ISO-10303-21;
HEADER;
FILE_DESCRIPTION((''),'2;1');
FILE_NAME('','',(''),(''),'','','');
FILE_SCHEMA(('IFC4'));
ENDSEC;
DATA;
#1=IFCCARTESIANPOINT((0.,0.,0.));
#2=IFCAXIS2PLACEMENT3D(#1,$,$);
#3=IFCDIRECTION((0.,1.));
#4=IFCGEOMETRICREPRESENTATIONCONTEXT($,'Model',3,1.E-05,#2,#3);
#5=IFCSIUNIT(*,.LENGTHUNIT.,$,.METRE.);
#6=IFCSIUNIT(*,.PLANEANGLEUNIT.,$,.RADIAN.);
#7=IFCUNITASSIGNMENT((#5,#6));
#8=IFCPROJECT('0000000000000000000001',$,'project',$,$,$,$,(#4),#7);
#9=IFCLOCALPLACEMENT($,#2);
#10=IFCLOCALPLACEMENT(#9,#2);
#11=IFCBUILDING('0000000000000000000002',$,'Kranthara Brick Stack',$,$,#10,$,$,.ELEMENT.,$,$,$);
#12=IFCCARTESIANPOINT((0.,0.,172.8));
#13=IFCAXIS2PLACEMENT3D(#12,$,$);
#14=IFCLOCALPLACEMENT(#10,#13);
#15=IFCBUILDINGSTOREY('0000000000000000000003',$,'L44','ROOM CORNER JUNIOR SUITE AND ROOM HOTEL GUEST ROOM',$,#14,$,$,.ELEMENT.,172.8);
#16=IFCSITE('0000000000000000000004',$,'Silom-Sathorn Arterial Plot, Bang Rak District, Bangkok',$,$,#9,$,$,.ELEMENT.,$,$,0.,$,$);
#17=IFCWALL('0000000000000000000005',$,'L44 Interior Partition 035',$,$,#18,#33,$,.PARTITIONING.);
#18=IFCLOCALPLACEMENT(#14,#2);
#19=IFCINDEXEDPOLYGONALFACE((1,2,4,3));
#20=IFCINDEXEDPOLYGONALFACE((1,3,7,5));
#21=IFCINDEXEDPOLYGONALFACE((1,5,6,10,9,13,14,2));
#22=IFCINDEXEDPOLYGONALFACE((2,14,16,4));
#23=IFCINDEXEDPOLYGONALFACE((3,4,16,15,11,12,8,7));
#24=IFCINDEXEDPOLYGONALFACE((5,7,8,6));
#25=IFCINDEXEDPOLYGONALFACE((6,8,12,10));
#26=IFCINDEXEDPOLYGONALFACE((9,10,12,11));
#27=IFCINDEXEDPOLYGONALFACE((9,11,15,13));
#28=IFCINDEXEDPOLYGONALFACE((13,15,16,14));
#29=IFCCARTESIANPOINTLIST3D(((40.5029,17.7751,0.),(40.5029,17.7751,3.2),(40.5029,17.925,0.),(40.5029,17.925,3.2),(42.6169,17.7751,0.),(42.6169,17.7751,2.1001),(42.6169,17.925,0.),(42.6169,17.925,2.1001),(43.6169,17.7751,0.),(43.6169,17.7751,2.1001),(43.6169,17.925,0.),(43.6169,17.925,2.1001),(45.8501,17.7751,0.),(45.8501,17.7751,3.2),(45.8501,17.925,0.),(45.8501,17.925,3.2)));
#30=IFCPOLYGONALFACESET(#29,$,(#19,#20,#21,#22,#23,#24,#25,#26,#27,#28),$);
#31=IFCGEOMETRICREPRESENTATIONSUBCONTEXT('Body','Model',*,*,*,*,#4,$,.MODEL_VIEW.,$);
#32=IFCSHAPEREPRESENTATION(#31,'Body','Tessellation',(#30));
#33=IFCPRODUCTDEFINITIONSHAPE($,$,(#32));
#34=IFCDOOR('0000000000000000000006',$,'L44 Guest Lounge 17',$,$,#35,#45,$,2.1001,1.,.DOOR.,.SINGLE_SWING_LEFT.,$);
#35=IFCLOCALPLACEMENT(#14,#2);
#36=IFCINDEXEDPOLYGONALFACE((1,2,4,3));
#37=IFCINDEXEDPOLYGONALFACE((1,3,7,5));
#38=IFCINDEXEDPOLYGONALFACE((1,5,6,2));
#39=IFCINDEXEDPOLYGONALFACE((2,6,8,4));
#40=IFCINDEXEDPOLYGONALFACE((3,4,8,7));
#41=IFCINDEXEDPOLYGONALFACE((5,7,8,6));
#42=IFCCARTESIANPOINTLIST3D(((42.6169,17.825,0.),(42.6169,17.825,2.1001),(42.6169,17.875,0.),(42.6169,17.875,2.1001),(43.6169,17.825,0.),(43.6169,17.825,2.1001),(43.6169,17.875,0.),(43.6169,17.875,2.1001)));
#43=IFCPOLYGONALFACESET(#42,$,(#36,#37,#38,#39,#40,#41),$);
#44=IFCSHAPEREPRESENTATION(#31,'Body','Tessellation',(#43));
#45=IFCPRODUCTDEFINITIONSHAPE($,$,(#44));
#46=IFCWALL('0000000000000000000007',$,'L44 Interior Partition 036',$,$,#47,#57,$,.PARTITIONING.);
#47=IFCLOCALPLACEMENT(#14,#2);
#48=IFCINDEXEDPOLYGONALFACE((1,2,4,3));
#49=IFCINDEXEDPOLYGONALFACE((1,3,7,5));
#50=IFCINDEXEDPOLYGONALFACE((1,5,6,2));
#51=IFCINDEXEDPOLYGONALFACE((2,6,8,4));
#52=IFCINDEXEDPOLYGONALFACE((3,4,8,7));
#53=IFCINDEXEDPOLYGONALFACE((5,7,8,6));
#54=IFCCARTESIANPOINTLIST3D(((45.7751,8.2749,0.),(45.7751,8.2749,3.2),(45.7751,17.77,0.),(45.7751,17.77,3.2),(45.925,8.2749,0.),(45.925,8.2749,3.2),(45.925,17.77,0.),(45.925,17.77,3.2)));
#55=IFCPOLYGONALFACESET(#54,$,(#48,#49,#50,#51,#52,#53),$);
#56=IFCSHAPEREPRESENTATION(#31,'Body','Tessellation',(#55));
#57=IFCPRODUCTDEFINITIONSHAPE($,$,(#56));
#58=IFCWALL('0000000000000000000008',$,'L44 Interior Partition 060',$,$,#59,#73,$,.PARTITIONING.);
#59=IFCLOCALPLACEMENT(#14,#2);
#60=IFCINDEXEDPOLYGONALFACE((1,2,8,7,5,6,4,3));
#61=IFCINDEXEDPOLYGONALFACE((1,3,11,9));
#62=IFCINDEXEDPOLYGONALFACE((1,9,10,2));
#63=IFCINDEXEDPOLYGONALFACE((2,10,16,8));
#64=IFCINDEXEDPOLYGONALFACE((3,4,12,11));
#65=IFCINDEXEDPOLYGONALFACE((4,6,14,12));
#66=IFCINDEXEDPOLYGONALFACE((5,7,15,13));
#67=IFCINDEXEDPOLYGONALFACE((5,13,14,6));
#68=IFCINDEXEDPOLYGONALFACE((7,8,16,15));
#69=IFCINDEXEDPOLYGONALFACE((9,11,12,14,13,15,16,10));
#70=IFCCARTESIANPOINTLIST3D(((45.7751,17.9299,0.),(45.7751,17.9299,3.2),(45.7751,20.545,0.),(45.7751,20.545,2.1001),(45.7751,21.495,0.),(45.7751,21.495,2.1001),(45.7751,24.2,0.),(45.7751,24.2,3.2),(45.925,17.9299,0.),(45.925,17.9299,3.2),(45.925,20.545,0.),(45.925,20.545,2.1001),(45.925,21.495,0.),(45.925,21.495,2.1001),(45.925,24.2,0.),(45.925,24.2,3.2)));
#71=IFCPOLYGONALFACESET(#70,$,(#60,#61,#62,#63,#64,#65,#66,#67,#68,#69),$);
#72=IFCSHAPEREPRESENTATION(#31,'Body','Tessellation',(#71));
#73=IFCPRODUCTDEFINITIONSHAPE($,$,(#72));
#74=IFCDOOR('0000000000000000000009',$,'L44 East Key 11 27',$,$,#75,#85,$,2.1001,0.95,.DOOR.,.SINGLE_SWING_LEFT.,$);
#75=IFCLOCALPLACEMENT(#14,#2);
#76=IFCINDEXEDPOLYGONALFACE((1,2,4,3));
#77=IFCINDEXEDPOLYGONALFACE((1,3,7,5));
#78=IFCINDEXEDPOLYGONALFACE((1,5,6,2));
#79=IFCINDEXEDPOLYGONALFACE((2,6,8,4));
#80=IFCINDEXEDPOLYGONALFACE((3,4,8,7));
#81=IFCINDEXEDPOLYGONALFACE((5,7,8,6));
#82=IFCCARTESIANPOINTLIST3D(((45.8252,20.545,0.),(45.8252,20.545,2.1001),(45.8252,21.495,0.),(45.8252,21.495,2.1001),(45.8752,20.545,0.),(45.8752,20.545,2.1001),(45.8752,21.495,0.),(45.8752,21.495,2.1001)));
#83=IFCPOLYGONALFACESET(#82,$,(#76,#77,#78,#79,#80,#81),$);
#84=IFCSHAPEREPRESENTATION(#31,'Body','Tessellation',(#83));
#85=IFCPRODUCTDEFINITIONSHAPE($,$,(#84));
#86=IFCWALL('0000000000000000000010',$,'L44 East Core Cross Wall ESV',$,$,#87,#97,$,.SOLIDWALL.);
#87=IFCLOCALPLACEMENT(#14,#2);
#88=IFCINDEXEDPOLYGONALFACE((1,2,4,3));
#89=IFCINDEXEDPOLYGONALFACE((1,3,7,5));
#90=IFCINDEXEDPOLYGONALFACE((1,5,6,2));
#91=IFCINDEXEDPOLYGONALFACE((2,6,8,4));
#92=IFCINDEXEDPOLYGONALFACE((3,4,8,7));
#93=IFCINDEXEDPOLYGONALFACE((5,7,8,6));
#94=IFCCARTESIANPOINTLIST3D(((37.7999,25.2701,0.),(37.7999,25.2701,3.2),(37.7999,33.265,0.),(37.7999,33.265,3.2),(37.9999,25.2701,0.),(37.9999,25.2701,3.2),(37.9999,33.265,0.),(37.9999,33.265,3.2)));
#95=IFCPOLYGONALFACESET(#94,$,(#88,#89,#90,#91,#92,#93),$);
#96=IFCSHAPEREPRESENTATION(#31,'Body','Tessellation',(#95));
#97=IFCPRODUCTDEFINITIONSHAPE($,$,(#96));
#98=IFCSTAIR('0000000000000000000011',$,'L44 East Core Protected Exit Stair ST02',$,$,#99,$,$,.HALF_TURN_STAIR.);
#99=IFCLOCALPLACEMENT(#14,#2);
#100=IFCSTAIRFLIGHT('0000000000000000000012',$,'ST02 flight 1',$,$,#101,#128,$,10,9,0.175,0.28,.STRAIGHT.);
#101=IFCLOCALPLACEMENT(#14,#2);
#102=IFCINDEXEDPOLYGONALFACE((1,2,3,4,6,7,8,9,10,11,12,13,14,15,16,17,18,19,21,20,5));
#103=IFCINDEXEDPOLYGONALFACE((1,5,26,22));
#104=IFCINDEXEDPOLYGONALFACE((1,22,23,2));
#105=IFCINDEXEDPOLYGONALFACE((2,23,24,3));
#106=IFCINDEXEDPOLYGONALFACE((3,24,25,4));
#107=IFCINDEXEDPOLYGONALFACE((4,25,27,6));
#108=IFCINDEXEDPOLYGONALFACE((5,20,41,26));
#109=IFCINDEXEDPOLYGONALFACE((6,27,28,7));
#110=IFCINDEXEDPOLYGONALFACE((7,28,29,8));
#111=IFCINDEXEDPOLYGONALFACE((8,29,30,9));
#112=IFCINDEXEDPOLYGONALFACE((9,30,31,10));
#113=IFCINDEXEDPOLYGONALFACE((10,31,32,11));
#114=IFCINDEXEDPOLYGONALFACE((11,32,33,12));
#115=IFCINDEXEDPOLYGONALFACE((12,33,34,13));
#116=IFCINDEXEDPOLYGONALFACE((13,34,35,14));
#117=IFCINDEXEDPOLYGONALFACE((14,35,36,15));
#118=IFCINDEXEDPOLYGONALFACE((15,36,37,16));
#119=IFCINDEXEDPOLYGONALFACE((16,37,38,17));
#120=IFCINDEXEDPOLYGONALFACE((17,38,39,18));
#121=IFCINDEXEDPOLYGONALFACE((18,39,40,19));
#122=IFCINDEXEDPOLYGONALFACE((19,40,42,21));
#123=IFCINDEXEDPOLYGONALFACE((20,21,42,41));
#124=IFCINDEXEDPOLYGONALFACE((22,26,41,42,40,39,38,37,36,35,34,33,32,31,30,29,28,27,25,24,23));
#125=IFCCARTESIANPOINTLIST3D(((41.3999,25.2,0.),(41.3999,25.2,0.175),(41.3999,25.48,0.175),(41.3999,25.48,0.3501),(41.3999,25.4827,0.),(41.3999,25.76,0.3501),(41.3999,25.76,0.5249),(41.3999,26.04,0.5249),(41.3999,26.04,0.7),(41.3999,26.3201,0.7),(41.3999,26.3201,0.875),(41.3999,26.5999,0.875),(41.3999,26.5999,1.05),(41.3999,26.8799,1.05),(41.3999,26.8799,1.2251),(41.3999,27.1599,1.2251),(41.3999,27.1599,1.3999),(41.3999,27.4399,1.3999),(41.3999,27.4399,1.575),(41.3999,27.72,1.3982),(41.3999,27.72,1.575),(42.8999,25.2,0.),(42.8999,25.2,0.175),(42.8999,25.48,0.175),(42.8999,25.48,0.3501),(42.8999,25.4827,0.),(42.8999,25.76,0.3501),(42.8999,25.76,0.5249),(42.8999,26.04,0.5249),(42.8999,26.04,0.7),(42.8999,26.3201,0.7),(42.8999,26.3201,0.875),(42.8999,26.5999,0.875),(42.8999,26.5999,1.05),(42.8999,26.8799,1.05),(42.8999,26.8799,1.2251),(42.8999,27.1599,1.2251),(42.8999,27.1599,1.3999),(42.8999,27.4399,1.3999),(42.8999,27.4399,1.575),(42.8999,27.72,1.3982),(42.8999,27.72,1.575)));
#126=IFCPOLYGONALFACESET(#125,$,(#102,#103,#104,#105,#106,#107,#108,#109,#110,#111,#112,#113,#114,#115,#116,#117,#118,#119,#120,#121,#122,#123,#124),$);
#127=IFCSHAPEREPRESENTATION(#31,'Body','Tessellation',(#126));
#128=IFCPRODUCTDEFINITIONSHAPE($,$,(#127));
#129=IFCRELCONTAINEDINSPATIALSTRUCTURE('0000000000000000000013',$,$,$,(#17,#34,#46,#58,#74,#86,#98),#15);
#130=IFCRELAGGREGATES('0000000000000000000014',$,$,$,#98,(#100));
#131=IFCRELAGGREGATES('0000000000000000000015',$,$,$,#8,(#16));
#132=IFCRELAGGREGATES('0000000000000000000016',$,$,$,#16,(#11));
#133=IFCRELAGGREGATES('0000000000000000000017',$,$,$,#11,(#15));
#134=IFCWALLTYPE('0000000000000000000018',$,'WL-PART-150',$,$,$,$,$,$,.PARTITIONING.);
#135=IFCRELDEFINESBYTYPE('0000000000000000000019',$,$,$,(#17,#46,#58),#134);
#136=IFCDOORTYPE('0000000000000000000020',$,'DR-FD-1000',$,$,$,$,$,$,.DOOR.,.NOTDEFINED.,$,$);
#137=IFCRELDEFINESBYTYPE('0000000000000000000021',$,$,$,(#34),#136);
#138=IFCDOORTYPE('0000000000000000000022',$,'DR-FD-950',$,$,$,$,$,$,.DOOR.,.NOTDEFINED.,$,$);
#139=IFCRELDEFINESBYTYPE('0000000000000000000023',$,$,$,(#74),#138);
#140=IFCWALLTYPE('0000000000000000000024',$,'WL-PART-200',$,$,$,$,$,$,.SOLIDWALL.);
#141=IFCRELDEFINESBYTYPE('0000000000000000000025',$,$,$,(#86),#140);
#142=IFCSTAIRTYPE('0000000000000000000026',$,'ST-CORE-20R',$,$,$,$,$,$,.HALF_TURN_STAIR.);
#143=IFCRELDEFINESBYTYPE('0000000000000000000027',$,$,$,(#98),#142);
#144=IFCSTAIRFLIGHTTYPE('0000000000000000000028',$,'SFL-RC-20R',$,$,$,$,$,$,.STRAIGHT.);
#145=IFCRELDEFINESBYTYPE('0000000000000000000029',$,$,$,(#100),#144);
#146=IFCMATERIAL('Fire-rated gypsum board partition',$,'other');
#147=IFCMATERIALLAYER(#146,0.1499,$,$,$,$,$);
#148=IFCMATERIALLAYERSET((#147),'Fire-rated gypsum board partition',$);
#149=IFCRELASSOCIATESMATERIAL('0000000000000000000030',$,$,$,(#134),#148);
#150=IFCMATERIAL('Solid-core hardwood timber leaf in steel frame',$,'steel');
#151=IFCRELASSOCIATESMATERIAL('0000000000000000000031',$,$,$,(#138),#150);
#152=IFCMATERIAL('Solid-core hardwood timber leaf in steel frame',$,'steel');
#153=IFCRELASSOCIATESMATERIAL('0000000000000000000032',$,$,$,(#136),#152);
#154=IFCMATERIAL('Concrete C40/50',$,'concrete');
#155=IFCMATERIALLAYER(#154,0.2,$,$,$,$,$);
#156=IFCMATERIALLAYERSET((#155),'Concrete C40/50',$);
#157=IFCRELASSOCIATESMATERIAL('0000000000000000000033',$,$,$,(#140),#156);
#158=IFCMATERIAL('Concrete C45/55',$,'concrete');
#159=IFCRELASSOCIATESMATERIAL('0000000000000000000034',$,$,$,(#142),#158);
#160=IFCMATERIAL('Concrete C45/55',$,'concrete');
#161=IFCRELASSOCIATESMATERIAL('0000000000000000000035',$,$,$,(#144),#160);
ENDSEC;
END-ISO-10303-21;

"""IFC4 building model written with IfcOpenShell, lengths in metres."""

from ifc_helpers import new_model, si_unit, direction, frame, frame_2d, origin, place, context, subcontext, project, spatial, polyline, rectangle, outline, extrude, material, layer, layer_set, type_object, element, fill, aggregate, save


model = new_model("IFC4")

# Units and contexts
model_context = context("Model", 3, precision=1e-05, world=origin(), true_north=direction((0.0, 1.0)))
body_context = subcontext(model_context, "Body", "Model", "MODEL_VIEW")
ifc_project = project(units=[si_unit("LENGTHUNIT", "METRE"), si_unit("PLANEANGLEUNIT", "RADIAN")], contexts=[model_context])

# Site, building, storey
site_placement = place(None, origin())
site = spatial("IfcSite", under=ifc_project, at=site_placement, Name="Silom-Sathorn Arterial Plot, Bang Rak District, Bangkok", CompositionType="ELEMENT", RefElevation=0.0)
building_placement = place(site_placement, origin())
building = spatial("IfcBuilding", under=site, at=building_placement, Name="Kranthara Brick Stack", CompositionType="ELEMENT")
storey_placement = place(building_placement, frame((0.0, 0.0, 172.8)))
storey = spatial("IfcBuildingStorey", under=building, at=storey_placement, Name="L44", Description="ROOM CORNER JUNIOR SUITE AND ROOM HOTEL GUEST ROOM", CompositionType="ELEMENT", Elevation=172.8)

# Shared definitions
ifc_material_1 = material(Name="Fire-rated gypsum board partition", Category="other")
ifc_layer_1 = layer(ifc_material_1, 0.1499)
ifc_layer_set_1 = layer_set([ifc_layer_1], Name="Fire-rated gypsum board partition")
wall_type_1 = type_object("IfcWallType", Name="WL-PART-150", PredefinedType="PARTITIONING", material=ifc_layer_set_1)
ifc_material_2 = material(Name="Solid-core hardwood timber leaf in steel frame", Category="steel")
door_type_1 = type_object("IfcDoorType", Name="DR-FD-950", OperationType="NOTDEFINED", PredefinedType="DOOR", material=ifc_material_2)

# Wall, opening, door
wall_1_placement = place(storey_placement, frame((40.5029, 17.8501, 0.0), z_axis=(0.0, 0.0, 1.0), x_axis=(1.0, 0.0, 0.0)))
wall_1 = element("IfcWall", 1, at=wall_1_placement, inside=storey, type_object=wall_type_1, Name="L44 Interior Partition 035", PredefinedType="PARTITIONING", context=body_context, shape_type="SweptSolid", body=[
    extrude(rectangle(XDim=5.3472, YDim=0.1499, at=frame_2d((2.6736, 0.0))), origin(), (0.0, 0.0, 1.0), 3.2),
])
opening_1_placement = place(wall_1_placement, frame((2.114, 0.0, 0.0)))
opening_1 = element("IfcOpeningElement", 2, at=opening_1_placement, cuts=wall_1, PredefinedType="OPENING", context=body_context, shape_type="SweptSolid", body=[
    extrude(rectangle(XDim=1.0, YDim=2.1001, at=frame_2d((0.5, 1.05))), frame((0.0, 0.085, 0.0), z_axis=(0.0, -1.0, 0.0), x_axis=(1.0, 0.0, 0.0)), (0.0, 0.0, 1.0), 0.1699),
])
ifc_material_3 = material(Name="Solid-core hardwood timber leaf in steel frame", Category="steel")
door_type_2 = type_object("IfcDoorType", Name="DR-FD-1000", OperationType="NOTDEFINED", PredefinedType="DOOR", material=ifc_material_3)
door_1_placement = place(opening_1_placement, origin())
door_1 = element("IfcDoor", 3, at=door_1_placement, inside=storey, type_object=door_type_2, Name="L44 Guest Lounge 17", OperationType="SINGLE_SWING_LEFT", OverallHeight=2.1001, OverallWidth=1.0, PredefinedType="DOOR", context=body_context, shape_type="SweptSolid", body=[
    extrude(rectangle(XDim=1.0, YDim=2.1001, at=frame_2d((0.5, 1.05))), frame((0.0, 0.0249, 0.0), z_axis=(0.0, -1.0, 0.0), x_axis=(1.0, 0.0, 0.0)), (0.0, 0.0, 1.0), 0.05),
])
fill(opening_1, door_1)

# Wall
wall_2_placement = place(storey_placement, frame((45.8501, 8.2749, 0.0), z_axis=(0.0, 0.0, 1.0), x_axis=(0.0, 1.0, 0.0)))
element("IfcWall", 4, at=wall_2_placement, inside=storey, type_object=wall_type_1, Name="L44 Interior Partition 036", PredefinedType="PARTITIONING", context=body_context, shape_type="SweptSolid", body=[
    extrude(rectangle(XDim=9.4951, YDim=0.1499, at=frame_2d((4.7476, 0.0))), origin(), (0.0, 0.0, 1.0), 3.2),
])

# Wall, opening, door
wall_3_placement = place(storey_placement, frame((45.8501, 17.9299, 0.0), z_axis=(0.0, 0.0, 1.0), x_axis=(0.0, 1.0, 0.0)))
wall_3 = element("IfcWall", 5, at=wall_3_placement, inside=storey, type_object=wall_type_1, Name="L44 Interior Partition 060", PredefinedType="PARTITIONING", context=body_context, shape_type="SweptSolid", body=[
    extrude(rectangle(XDim=6.27, YDim=0.1499, at=frame_2d((3.135, 0.0))), origin(), (0.0, 0.0, 1.0), 3.2),
])
opening_2_placement = place(wall_3_placement, frame((2.615, 0.0, 0.0)))
opening_2 = element("IfcOpeningElement", 6, at=opening_2_placement, cuts=wall_3, PredefinedType="OPENING", context=body_context, shape_type="SweptSolid", body=[
    extrude(rectangle(XDim=0.95, YDim=2.1001, at=frame_2d((0.4751, 1.05))), frame((0.0, 0.085, 0.0), z_axis=(0.0, -1.0, 0.0), x_axis=(1.0, 0.0, 0.0)), (0.0, 0.0, 1.0), 0.1699),
])
door_2_placement = place(opening_2_placement, origin())
door_2 = element("IfcDoor", 7, at=door_2_placement, inside=storey, type_object=door_type_1, Name="L44 East Key 11 27", OperationType="SINGLE_SWING_LEFT", OverallHeight=2.1001, OverallWidth=0.95, PredefinedType="DOOR", context=body_context, shape_type="SweptSolid", body=[
    extrude(rectangle(XDim=0.95, YDim=2.1001, at=frame_2d((0.4751, 1.05))), frame((0.0, 0.0249, 0.0), z_axis=(0.0, -1.0, 0.0), x_axis=(1.0, 0.0, 0.0)), (0.0, 0.0, 1.0), 0.05),
])
fill(opening_2, door_2)

# Wall
ifc_material_4 = material(Name="Concrete C40/50", Category="concrete")
ifc_layer_2 = layer(ifc_material_4, 0.2)
ifc_layer_set_2 = layer_set([ifc_layer_2], Name="Concrete C40/50")
wall_type_2 = type_object("IfcWallType", Name="WL-PART-200", PredefinedType="SOLIDWALL", material=ifc_layer_set_2)
wall_4_placement = place(storey_placement, frame((37.8999, 25.27, 0.0), z_axis=(0.0, 0.0, 1.0), x_axis=(0.0, 1.0, 0.0)))
element("IfcWall", 8, at=wall_4_placement, inside=storey, type_object=wall_type_2, Name="L44 East Core Cross Wall ESV", PredefinedType="SOLIDWALL", context=body_context, shape_type="SweptSolid", body=[
    extrude(rectangle(XDim=7.9949, YDim=0.2, at=frame_2d((3.9976, 0.0))), origin(), (0.0, 0.0, 1.0), 3.2),
])

# Stair, stair flight
ifc_material_5 = material(Name="Concrete C45/55", Category="concrete")
stair_type = type_object("IfcStairType", Name="ST-CORE-20R", PredefinedType="HALF_TURN_STAIR", material=ifc_material_5)
stair_placement = place(storey_placement, origin())
stair = element("IfcStair", 9, at=stair_placement, inside=storey, type_object=stair_type, Name="L44 East Core Protected Exit Stair ST02", PredefinedType="HALF_TURN_STAIR")
ifc_material_6 = material(Name="Concrete C45/55", Category="concrete")
stair_flight_type = type_object("IfcStairFlightType", Name="SFL-RC-20R", PredefinedType="STRAIGHT", material=ifc_material_6)
stair_flight_placement = place(storey_placement, frame((42.1499, 25.2, 0.0), z_axis=(0.0, 0.0, 1.0), x_axis=(0.0, 1.0, 0.0)))
stair_flight = element("IfcStairFlight", 10, at=stair_flight_placement, type_object=stair_flight_type, Name="ST02 flight 1", NumberOfRisers=10, NumberOfTreads=9, PredefinedType="STRAIGHT", RiserHeight=0.175, TreadLength=0.28, context=body_context, shape_type="SweptSolid", body=[
    extrude(outline(polyline([(0.0, 0.0), (0.0, 0.175), (0.28, 0.175), (0.28, 0.3501), (0.5601, 0.3501), (0.5601, 0.5249), (0.8401, 0.5249), (0.8401, 0.7), (1.1201, 0.7), (1.1201, 0.875), (1.3999, 0.875), (1.3999, 1.05), (1.6799, 1.05), (1.6799, 1.2251), (1.96, 1.2251), (1.96, 1.3999), (2.24, 1.3999), (2.24, 1.575), (2.52, 1.575), (2.52, 1.75), (2.52, 1.3982), (0.2827, 0.0), (0.0, 0.0)])), frame((0.0, 0.75, 0.0), z_axis=(0.0, -1.0, 0.0), x_axis=(1.0, 0.0, 0.0)), (0.0, 0.0, 1.0), 1.5),
])
aggregate(stair, [stair_flight])

save(model, "model.ifc")
